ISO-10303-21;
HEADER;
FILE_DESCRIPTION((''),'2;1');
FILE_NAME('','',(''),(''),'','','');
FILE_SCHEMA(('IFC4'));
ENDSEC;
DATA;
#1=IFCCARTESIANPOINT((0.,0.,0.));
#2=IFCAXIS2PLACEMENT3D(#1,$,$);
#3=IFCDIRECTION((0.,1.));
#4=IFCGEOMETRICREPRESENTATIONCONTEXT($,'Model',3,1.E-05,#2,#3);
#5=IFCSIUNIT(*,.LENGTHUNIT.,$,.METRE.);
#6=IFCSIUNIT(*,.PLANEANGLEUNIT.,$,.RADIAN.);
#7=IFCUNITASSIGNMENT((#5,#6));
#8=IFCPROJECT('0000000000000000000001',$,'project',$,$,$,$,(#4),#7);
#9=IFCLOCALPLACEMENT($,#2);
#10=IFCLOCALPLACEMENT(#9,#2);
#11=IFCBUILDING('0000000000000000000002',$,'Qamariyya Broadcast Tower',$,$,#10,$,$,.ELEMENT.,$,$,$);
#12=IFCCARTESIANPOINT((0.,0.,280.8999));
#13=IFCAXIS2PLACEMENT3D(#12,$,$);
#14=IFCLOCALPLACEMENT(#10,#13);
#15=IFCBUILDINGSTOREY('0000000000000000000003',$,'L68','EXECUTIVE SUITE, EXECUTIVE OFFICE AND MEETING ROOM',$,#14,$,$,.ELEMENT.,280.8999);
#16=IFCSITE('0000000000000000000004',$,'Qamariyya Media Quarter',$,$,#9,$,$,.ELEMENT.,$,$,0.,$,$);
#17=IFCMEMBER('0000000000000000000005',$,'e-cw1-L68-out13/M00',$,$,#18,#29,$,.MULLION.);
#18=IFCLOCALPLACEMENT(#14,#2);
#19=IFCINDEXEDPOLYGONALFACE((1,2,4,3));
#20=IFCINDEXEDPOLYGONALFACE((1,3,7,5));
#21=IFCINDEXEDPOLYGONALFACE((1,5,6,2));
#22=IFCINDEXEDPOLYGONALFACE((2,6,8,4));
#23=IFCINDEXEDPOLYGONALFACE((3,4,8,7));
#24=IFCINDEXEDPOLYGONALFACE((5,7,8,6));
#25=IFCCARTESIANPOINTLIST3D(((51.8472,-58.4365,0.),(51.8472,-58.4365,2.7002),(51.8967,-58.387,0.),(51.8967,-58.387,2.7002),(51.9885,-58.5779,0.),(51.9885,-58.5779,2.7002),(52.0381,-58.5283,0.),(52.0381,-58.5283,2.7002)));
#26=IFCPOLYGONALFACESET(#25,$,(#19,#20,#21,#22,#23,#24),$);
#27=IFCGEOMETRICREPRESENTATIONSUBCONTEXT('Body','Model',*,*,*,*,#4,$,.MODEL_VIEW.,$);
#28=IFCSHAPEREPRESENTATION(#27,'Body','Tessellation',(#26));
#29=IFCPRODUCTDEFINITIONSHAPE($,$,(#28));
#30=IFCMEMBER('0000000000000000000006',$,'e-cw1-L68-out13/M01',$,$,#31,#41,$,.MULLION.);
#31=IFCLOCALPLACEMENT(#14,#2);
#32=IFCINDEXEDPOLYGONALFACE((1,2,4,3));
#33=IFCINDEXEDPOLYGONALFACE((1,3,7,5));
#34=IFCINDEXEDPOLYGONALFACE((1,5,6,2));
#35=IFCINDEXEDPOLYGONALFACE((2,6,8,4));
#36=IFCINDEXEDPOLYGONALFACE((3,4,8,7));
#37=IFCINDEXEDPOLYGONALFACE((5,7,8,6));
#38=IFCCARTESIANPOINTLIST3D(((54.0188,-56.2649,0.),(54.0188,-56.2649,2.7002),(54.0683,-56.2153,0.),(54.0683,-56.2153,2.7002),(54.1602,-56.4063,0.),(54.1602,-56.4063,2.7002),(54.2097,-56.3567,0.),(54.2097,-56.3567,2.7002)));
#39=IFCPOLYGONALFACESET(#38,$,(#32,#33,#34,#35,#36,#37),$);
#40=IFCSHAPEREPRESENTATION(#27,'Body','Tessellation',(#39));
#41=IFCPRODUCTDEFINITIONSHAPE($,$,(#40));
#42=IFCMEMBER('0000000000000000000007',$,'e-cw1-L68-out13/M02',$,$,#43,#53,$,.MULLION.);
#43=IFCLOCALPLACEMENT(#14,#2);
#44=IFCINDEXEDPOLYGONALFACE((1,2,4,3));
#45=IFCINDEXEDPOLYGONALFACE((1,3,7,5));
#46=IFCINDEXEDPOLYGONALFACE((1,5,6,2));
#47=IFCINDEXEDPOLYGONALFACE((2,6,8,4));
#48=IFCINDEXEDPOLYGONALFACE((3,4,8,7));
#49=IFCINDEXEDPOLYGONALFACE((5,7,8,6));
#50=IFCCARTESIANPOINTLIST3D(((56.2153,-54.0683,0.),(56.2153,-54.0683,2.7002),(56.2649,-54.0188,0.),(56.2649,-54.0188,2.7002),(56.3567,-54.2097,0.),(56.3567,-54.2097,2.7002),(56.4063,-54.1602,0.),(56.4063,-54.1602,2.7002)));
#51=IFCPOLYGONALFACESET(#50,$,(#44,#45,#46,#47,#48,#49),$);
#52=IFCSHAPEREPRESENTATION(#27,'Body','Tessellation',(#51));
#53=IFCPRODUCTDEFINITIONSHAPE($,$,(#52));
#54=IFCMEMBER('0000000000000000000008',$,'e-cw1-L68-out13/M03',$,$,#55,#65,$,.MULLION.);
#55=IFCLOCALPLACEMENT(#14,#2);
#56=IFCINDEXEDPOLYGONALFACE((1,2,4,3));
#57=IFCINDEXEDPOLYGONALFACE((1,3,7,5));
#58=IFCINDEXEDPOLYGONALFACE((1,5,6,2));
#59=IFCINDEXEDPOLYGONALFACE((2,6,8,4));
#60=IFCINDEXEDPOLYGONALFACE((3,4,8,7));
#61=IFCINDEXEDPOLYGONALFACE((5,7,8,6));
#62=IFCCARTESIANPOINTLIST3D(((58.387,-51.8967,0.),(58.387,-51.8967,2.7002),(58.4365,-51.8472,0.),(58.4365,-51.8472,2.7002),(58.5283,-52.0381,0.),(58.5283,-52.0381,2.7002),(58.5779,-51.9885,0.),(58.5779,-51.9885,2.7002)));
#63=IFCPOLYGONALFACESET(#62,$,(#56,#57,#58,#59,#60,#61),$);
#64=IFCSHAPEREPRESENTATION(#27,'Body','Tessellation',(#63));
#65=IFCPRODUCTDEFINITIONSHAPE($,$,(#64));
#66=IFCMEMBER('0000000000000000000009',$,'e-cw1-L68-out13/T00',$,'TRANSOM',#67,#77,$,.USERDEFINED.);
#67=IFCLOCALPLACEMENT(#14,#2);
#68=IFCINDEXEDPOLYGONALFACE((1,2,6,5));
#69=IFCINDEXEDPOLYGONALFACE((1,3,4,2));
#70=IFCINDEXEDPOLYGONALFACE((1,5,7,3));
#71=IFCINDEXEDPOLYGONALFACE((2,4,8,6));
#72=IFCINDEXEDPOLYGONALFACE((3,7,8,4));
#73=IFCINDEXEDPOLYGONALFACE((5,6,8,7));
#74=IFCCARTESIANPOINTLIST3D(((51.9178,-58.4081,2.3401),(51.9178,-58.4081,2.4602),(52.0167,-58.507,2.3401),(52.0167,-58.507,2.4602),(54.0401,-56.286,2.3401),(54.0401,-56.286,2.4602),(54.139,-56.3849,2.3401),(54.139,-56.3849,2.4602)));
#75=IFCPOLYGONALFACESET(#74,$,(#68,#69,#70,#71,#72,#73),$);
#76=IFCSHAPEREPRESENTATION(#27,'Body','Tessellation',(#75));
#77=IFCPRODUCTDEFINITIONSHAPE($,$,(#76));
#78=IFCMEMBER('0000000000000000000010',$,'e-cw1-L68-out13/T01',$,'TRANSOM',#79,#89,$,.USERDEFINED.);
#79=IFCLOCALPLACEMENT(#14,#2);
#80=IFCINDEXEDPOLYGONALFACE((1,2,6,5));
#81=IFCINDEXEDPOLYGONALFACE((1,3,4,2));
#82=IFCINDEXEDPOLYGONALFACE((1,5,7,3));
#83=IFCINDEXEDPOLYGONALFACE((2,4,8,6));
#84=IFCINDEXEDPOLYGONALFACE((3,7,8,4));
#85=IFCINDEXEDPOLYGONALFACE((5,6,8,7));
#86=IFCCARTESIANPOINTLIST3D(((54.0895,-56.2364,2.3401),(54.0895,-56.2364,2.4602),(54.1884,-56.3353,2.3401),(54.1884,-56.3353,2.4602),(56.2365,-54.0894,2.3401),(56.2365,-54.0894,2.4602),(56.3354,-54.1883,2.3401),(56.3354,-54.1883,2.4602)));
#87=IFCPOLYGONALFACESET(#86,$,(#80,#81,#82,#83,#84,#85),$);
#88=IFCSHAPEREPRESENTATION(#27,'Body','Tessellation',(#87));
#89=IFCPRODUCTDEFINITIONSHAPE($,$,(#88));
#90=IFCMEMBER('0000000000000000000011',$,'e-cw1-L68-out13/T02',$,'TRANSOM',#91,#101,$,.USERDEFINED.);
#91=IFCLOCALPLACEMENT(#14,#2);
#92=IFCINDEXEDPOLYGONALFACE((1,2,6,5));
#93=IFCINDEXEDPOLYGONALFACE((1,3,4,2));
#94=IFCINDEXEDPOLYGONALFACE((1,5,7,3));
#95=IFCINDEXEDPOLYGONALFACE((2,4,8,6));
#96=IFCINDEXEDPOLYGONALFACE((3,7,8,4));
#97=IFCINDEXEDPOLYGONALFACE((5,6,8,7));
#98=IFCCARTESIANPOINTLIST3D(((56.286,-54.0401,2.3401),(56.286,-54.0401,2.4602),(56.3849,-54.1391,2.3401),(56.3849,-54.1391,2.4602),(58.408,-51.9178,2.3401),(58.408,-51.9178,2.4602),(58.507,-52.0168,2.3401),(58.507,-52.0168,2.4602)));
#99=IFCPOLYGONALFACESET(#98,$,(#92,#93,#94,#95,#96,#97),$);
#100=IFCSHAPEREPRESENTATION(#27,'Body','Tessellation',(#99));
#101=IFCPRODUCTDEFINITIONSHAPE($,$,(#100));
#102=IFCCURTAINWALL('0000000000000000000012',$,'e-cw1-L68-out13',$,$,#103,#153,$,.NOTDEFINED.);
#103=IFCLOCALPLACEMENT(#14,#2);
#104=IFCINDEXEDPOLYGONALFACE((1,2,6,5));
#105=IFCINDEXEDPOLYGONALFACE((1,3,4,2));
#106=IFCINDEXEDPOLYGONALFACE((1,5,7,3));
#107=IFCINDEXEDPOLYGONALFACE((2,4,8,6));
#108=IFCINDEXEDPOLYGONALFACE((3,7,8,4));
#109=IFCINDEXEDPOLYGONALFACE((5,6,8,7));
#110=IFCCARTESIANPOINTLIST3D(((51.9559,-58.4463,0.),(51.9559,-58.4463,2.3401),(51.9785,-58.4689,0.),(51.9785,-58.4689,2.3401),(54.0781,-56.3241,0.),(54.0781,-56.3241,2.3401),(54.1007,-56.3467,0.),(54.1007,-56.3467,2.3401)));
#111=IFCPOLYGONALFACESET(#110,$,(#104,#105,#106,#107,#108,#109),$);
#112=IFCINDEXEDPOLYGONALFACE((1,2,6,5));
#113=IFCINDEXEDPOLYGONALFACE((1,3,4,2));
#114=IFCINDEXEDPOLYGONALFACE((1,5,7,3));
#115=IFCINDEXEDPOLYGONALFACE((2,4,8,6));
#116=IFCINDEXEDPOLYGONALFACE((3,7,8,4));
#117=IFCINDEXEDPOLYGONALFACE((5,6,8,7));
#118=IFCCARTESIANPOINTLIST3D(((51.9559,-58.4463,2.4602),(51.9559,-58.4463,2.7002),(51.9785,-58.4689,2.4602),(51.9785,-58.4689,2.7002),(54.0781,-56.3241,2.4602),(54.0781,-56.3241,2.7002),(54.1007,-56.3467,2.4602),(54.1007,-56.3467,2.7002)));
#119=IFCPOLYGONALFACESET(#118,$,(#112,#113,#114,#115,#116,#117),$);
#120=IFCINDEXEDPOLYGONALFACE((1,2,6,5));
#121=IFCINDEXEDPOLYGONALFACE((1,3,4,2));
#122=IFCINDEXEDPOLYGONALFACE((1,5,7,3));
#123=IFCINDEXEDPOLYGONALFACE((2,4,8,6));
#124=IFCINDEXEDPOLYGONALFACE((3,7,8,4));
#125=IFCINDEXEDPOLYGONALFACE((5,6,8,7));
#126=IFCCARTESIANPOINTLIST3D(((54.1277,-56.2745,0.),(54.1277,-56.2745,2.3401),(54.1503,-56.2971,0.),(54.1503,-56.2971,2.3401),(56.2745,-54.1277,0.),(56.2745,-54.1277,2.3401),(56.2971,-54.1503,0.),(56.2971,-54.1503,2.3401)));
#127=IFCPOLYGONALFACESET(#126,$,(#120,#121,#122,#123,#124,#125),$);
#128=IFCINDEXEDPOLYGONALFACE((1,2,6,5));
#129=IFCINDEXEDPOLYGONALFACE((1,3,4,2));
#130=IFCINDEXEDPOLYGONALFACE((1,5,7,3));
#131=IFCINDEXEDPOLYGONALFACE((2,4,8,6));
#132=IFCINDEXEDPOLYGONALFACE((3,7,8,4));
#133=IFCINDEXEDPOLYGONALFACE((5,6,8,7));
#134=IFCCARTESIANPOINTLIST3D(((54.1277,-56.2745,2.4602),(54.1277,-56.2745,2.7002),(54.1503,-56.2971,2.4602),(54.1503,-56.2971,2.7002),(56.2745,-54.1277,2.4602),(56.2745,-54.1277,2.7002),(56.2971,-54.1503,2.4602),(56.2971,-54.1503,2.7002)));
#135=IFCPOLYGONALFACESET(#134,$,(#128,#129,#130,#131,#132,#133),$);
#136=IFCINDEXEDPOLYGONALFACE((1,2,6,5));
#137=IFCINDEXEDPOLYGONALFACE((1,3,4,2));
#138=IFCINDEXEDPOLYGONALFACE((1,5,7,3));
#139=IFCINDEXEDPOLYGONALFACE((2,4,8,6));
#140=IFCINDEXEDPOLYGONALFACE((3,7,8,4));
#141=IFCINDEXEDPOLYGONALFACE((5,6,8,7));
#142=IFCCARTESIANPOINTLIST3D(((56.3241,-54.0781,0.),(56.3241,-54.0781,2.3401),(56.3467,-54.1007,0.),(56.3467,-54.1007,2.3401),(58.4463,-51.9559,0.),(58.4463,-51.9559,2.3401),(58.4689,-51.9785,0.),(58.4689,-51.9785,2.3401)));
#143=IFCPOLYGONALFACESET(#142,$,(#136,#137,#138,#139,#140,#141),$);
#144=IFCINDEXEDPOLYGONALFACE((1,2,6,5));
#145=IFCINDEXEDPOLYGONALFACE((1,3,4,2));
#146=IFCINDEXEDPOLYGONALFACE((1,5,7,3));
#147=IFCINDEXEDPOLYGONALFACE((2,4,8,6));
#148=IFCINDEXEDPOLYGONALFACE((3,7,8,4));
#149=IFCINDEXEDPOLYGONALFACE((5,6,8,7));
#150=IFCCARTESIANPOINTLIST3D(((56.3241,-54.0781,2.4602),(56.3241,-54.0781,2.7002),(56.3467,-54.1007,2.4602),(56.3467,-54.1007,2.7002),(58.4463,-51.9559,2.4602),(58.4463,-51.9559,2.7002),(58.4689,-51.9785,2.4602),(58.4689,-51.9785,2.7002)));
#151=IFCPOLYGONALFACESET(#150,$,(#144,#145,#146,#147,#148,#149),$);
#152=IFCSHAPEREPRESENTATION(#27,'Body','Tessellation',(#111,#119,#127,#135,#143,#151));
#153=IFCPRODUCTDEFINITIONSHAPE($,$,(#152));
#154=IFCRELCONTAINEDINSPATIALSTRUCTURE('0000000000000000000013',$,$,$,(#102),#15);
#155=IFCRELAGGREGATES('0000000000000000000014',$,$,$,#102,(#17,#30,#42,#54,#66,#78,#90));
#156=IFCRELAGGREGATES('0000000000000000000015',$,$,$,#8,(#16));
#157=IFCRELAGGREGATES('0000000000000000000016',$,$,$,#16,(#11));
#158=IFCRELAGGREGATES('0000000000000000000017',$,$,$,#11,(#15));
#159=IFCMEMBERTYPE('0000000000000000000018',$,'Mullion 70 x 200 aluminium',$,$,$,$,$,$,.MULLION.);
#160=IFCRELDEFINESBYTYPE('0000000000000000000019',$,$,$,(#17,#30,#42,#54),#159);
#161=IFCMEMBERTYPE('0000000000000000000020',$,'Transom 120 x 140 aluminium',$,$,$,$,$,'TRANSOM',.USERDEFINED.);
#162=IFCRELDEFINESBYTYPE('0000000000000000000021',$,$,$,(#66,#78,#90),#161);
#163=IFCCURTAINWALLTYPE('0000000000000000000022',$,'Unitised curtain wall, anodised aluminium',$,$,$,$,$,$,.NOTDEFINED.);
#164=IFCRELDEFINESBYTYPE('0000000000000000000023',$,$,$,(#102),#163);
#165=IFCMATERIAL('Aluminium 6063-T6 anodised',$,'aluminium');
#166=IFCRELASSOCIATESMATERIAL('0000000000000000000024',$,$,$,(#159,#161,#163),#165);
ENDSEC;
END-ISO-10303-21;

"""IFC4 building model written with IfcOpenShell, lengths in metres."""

from ifc_helpers import new_model, si_unit, direction, frame, origin, origin_2d, place, context, subcontext, project, spatial, rectangle, extrude, material, material_profile, profile_set, type_object, element, aggregate, save


model = new_model("IFC4")

# Units and contexts
model_context = context("Model", 3, precision=1e-05, world=origin(), true_north=direction((0.0, 1.0)))
body_context = subcontext(model_context, "Body", "Model", "MODEL_VIEW")
ifc_project = project(units=[si_unit("LENGTHUNIT", "METRE"), si_unit("PLANEANGLEUNIT", "RADIAN")], contexts=[model_context])

# Members
ifc_material = material(Name="Aluminium 6063-T6 anodised", Category="aluminium")
ifc_material_profile_1 = material_profile(ifc_material, rectangle(XDim=0.2, YDim=0.0701, at=origin_2d()))
ifc_profile_set_1 = profile_set([ifc_material_profile_1], Name="Aluminium 6063-T6 anodised")
member_type_1 = type_object("IfcMemberType", Name="Mullion 70 x 200 aluminium", PredefinedType="MULLION", material=ifc_profile_set_1)
site_placement = place(None, origin())
building_placement = place(site_placement, origin())
storey_placement = place(building_placement, frame((0.0, 0.0, 280.8999)))
member_1_placement = place(storey_placement, frame((51.9426, -58.4824, 0.0), z_axis=(0.0, 0.0, 1.0), x_axis=(-0.707107, 0.707107, 0.0)))
member_1 = element("IfcMember", 1, at=member_1_placement, type_object=member_type_1, Name="e-cw1-L68-out13/M00", PredefinedType="MULLION", context=body_context, shape_type="SweptSolid", body=[
    extrude(rectangle(XDim=0.2, YDim=0.0701, at=origin_2d()), origin(), (0.0, 0.0, 1.0), 2.7002),
])
member_2_placement = place(storey_placement, frame((54.1143, -56.3108, 0.0), z_axis=(0.0, 0.0, 1.0), x_axis=(-0.707107, 0.707107, 0.0)))
member_2 = element("IfcMember", 2, at=member_2_placement, type_object=member_type_1, Name="e-cw1-L68-out13/M01", PredefinedType="MULLION", context=body_context, shape_type="SweptSolid", body=[
    extrude(rectangle(XDim=0.2, YDim=0.0701, at=origin_2d()), origin(), (0.0, 0.0, 1.0), 2.7002),
])
member_3_placement = place(storey_placement, frame((56.3108, -54.1143, 0.0), z_axis=(0.0, 0.0, 1.0), x_axis=(-0.707107, 0.707107, 0.0)))
member_3 = element("IfcMember", 3, at=member_3_placement, type_object=member_type_1, Name="e-cw1-L68-out13/M02", PredefinedType="MULLION", context=body_context, shape_type="SweptSolid", body=[
    extrude(rectangle(XDim=0.2, YDim=0.0701, at=origin_2d()), origin(), (0.0, 0.0, 1.0), 2.7002),
])
member_4_placement = place(storey_placement, frame((58.4824, -51.9426, 0.0), z_axis=(0.0, 0.0, 1.0), x_axis=(-0.707107, 0.707107, 0.0)))
member_4 = element("IfcMember", 4, at=member_4_placement, type_object=member_type_1, Name="e-cw1-L68-out13/M03", PredefinedType="MULLION", context=body_context, shape_type="SweptSolid", body=[
    extrude(rectangle(XDim=0.2, YDim=0.0701, at=origin_2d()), origin(), (0.0, 0.0, 1.0), 2.7002),
])
ifc_material_profile_2 = material_profile(ifc_material, rectangle(XDim=0.1399, YDim=0.1201, at=origin_2d()))
ifc_profile_set_2 = profile_set([ifc_material_profile_2], Name="Aluminium 6063-T6 anodised")
member_type_2 = type_object("IfcMemberType", Name="Transom 120 x 140 aluminium", ElementType="TRANSOM", PredefinedType="USERDEFINED", material=ifc_profile_set_2)
member_5_placement = place(storey_placement, frame((51.9673, -58.4575, 2.4001), z_axis=(0.707147, 0.707066, 0.0), x_axis=(-0.707066, 0.707147, 0.0)))
member_5 = element("IfcMember", 5, at=member_5_placement, type_object=member_type_2, Name="e-cw1-L68-out13/T00", ObjectType="TRANSOM", PredefinedType="USERDEFINED", context=body_context, shape_type="SweptSolid", body=[
    extrude(rectangle(XDim=0.1399, YDim=0.1201, at=origin_2d()), origin(), (0.0, 0.0, 1.0), 3.0012),
])
member_6_placement = place(storey_placement, frame((54.1389, -56.2859, 2.4001), z_axis=(0.707107, 0.707107, 0.0), x_axis=(-0.707107, 0.707107, 0.0)))
member_6 = element("IfcMember", 6, at=member_6_placement, type_object=member_type_2, Name="e-cw1-L68-out13/T01", ObjectType="TRANSOM", PredefinedType="USERDEFINED", context=body_context, shape_type="SweptSolid", body=[
    extrude(rectangle(XDim=0.1399, YDim=0.1201, at=origin_2d()), origin(), (0.0, 0.0, 1.0), 3.0364),
])
member_7_placement = place(storey_placement, frame((56.3354, -54.0896, 2.4001), z_axis=(0.707066, 0.707147, 0.0), x_axis=(-0.707147, 0.707066, 0.0)))
member_7 = element("IfcMember", 7, at=member_7_placement, type_object=member_type_2, Name="e-cw1-L68-out13/T02", ObjectType="TRANSOM", PredefinedType="USERDEFINED", context=body_context, shape_type="SweptSolid", body=[
    extrude(rectangle(XDim=0.1399, YDim=0.1201, at=origin_2d()), origin(), (0.0, 0.0, 1.0), 3.0012),
])

# Site, building, storey
site = spatial("IfcSite", under=ifc_project, at=site_placement, Name="Qamariyya Media Quarter", CompositionType="ELEMENT", RefElevation=0.0)
building = spatial("IfcBuilding", under=site, at=building_placement, Name="Qamariyya Broadcast Tower", CompositionType="ELEMENT")
storey = spatial("IfcBuildingStorey", under=building, at=storey_placement, Name="L68", Description="EXECUTIVE SUITE, EXECUTIVE OFFICE AND MEETING ROOM", CompositionType="ELEMENT", Elevation=280.8999)

# Curtain wall
curtain_wall_type = type_object("IfcCurtainWallType", Name="Unitised curtain wall, anodised aluminium", PredefinedType="NOTDEFINED", material=ifc_material)
curtain_wall_1_placement = place(storey_placement, origin())
curtain_wall_1 = element("IfcCurtainWall", 8, at=curtain_wall_1_placement, inside=storey, type_object=curtain_wall_type, Name="e-cw1-L68-out13", PredefinedType="NOTDEFINED", context=body_context, shape_type="SweptSolid", body=[
    extrude(rectangle(XDim=3.0012, YDim=0.032, at=origin_2d()), frame((53.0283, -57.3965, 0.0), x_axis=(0.707107, 0.707107, 0.0)), (0.0, 0.0, 1.0), 2.3401),
    extrude(rectangle(XDim=3.0012, YDim=0.032, at=origin_2d()), frame((53.0283, -57.3965, 2.4602), x_axis=(0.707107, 0.707107, 0.0)), (0.0, 0.0, 1.0), 0.24),
    extrude(rectangle(XDim=3.0361, YDim=0.032, at=origin_2d()), frame((55.2124, -55.2124, 0.0), x_axis=(0.707107, 0.707107, 0.0)), (0.0, 0.0, 1.0), 2.3401),
    extrude(rectangle(XDim=3.0361, YDim=0.032, at=origin_2d()), frame((55.2124, -55.2124, 2.4602), x_axis=(0.707107, 0.707107, 0.0)), (0.0, 0.0, 1.0), 0.24),
    extrude(rectangle(XDim=3.0012, YDim=0.032, at=origin_2d()), frame((57.3965, -53.0283, 0.0), x_axis=(0.707107, 0.707107, 0.0)), (0.0, 0.0, 1.0), 2.3401),
    extrude(rectangle(XDim=3.0012, YDim=0.032, at=origin_2d()), frame((57.3965, -53.0283, 2.4602), x_axis=(0.707107, 0.707107, 0.0)), (0.0, 0.0, 1.0), 0.24),
])
aggregate(curtain_wall_1, [member_1, member_2, member_3, member_4, member_5, member_6, member_7])

save(model, "model.ifc")
